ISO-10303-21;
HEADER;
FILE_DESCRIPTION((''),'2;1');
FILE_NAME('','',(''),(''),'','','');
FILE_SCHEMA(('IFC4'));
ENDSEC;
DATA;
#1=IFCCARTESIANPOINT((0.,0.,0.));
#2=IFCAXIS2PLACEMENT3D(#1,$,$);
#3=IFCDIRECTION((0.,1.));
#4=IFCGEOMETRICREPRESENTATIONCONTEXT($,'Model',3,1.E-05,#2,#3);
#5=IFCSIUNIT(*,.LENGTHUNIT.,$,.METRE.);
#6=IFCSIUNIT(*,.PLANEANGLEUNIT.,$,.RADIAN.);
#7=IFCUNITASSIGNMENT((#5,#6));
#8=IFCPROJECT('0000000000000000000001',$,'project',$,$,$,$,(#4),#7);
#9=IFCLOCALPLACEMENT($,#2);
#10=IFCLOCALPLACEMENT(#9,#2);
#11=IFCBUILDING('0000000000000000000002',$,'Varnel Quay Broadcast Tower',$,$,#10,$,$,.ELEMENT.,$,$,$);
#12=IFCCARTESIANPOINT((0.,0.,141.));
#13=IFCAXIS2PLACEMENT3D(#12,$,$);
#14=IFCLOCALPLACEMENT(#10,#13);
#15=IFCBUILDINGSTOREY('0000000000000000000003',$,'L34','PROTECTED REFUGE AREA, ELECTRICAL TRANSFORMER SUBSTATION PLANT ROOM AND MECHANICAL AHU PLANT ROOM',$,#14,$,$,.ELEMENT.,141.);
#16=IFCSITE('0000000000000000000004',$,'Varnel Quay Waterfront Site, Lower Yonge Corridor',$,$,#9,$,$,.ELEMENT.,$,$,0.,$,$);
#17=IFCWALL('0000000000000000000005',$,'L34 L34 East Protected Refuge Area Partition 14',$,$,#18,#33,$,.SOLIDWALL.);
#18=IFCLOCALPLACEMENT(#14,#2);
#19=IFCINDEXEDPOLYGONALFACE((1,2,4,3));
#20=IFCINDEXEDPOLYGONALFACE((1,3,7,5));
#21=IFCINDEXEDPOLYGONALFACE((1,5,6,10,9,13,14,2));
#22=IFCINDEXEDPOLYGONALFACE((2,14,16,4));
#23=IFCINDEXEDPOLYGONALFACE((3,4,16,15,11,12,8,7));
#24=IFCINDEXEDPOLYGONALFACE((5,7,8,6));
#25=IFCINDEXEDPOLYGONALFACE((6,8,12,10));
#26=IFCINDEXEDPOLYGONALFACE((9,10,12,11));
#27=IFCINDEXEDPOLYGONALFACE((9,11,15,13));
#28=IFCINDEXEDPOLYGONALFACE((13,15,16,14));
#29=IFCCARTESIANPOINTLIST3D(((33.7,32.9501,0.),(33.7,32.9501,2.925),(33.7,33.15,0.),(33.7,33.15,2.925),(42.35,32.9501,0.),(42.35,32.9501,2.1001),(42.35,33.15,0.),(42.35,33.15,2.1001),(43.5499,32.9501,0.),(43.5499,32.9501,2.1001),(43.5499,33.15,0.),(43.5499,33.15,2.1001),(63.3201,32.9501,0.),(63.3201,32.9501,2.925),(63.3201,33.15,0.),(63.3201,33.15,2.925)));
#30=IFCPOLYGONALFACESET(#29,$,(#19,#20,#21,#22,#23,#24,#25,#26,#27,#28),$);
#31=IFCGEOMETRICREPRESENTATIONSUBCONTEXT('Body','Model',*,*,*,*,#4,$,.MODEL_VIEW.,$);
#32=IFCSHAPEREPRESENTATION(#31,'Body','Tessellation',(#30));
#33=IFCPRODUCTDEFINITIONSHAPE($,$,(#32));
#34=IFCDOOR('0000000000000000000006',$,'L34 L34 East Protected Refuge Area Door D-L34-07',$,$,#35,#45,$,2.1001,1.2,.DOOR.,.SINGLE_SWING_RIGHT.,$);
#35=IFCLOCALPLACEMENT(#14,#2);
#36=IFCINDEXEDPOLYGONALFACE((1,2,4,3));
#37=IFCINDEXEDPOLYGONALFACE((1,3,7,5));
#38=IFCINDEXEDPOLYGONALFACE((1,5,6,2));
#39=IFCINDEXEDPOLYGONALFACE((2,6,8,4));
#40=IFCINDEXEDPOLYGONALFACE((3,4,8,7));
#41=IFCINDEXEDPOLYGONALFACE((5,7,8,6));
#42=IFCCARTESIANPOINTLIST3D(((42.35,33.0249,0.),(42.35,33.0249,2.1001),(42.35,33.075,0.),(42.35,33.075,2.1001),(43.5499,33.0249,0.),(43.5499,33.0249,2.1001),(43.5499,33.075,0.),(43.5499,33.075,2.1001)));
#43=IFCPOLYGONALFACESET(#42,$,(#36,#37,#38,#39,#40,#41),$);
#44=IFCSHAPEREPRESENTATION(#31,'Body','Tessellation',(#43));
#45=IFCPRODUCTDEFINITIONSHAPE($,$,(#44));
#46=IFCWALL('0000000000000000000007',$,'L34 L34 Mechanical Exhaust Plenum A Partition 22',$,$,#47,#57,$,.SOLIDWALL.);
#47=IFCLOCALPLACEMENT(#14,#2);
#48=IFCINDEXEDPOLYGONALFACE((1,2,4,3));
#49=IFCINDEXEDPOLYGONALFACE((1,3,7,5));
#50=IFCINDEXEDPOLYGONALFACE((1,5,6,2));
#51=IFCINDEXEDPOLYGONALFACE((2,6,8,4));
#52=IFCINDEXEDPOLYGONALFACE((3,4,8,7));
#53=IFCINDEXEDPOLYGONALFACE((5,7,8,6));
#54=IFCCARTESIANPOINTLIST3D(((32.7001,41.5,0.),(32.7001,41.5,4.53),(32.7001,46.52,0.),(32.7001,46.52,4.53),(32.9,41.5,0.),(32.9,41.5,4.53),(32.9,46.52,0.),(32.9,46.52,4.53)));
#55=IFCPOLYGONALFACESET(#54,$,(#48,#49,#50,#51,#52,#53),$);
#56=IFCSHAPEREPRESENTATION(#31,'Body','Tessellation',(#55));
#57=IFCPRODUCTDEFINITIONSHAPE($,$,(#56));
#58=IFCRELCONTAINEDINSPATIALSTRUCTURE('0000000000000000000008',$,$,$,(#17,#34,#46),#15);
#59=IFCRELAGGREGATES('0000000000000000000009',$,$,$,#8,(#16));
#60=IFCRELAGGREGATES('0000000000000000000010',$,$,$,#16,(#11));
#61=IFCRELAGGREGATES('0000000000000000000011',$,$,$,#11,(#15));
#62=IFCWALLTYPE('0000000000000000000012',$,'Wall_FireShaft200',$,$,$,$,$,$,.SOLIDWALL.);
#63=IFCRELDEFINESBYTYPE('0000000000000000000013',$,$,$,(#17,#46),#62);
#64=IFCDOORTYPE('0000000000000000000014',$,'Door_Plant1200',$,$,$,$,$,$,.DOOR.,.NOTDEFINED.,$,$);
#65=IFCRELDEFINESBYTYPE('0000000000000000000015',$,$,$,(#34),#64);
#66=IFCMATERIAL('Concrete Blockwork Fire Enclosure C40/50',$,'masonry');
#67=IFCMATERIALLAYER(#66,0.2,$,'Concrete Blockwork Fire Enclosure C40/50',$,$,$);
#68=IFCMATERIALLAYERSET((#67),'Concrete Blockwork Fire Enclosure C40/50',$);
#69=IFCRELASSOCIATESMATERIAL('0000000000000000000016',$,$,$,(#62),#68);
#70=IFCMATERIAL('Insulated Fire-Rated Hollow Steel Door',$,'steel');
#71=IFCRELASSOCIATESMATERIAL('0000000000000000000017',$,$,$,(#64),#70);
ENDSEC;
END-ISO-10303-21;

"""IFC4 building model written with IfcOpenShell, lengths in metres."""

from ifc_helpers import new_model, si_unit, direction, frame, frame_2d, origin, place, context, subcontext, project, spatial, rectangle, extrude, source, transform, mapped, material, layer, layer_set, type_object, type_shapes, element, fill, save


model = new_model("IFC4")

# Units and contexts
model_context = context("Model", 3, precision=1e-05, world=origin(), true_north=direction((0.0, 1.0)))
body_context = subcontext(model_context, "Body", "Model", "MODEL_VIEW")
ifc_project = project(units=[si_unit("LENGTHUNIT", "METRE"), si_unit("PLANEANGLEUNIT", "RADIAN")], contexts=[model_context])

# Site, building, storey
site_placement = place(None, origin())
site = spatial("IfcSite", under=ifc_project, at=site_placement, Name="Varnel Quay Waterfront Site, Lower Yonge Corridor", CompositionType="ELEMENT", RefElevation=0.0)
building_placement = place(site_placement, origin())
building = spatial("IfcBuilding", under=site, at=building_placement, Name="Varnel Quay Broadcast Tower", CompositionType="ELEMENT")
storey_placement = place(building_placement, frame((0.0, 0.0, 141.0)))
storey = spatial("IfcBuildingStorey", under=building, at=storey_placement, Name="L34", Description="PROTECTED REFUGE AREA, ELECTRICAL TRANSFORMER SUBSTATION PLANT ROOM AND MECHANICAL AHU PLANT ROOM", CompositionType="ELEMENT", Elevation=141.0)

# Shared definitions
ifc_material_1 = material(Name="Insulated Fire-Rated Hollow Steel Door", Category="steel")

# Shared definitions
ifc_material_2 = material(Name="Concrete Blockwork Fire Enclosure C40/50", Category="masonry")
ifc_layer_1 = layer(ifc_material_2, 0.2, Name="Concrete Blockwork Fire Enclosure C40/50")
ifc_layer_set_1 = layer_set([ifc_layer_1], Name="Concrete Blockwork Fire Enclosure C40/50")
wall_type_1 = type_object("IfcWallType", Name="Wall_FireShaft200", PredefinedType="SOLIDWALL", material=ifc_layer_set_1)

# Wall, opening, door
wall_1_placement = place(storey_placement, frame((33.7, 33.05, 0.0), z_axis=(0.0, 0.0, 1.0), x_axis=(1.0, 0.0, 0.0)))
wall_1 = element("IfcWall", 1, at=wall_1_placement, inside=storey, type_object=wall_type_1, Name="L34 L34 East Protected Refuge Area Partition 14", PredefinedType="SOLIDWALL", context=body_context, shape_type="SweptSolid", body=[
    extrude(rectangle(XDim=29.6201, YDim=0.2, at=frame_2d((14.8101, 0.0))), origin(), (0.0, 0.0, 1.0), 2.925),
])
opening_1_placement = place(wall_1_placement, frame((8.6499, 0.0, 0.0)))
opening_1 = element("IfcOpeningElement", 2, at=opening_1_placement, cuts=wall_1, PredefinedType="OPENING", context=body_context, shape_type="SweptSolid", body=[
    extrude(rectangle(XDim=1.2, YDim=2.1001, at=frame_2d((0.6001, 1.05))), frame((0.0, 0.1099, 0.0), z_axis=(0.0, -1.0, 0.0), x_axis=(1.0, 0.0, 0.0)), (0.0, 0.0, 1.0), 0.22),
])
door_type_1 = type_object("IfcDoorType", Name="Door_Plant1200", OperationType="NOTDEFINED", PredefinedType="DOOR", material=ifc_material_1)
shared_shape_1 = source(origin(), body_context, "Body", "SweptSolid", [
    extrude(rectangle(XDim=1.2, YDim=2.1001, at=frame_2d((0.6001, 1.05))), frame((0.0, 0.0249, 0.0), z_axis=(0.0, -1.0, 0.0), x_axis=(1.0, 0.0, 0.0)), (0.0, 0.0, 1.0), 0.05),
])
type_shapes(door_type_1, [shared_shape_1])
door_1_placement = place(opening_1_placement, origin())
door_1 = element("IfcDoor", 3, at=door_1_placement, inside=storey, type_object=door_type_1, Name="L34 L34 East Protected Refuge Area Door D-L34-07", OperationType="SINGLE_SWING_RIGHT", OverallHeight=2.1001, OverallWidth=1.2, PredefinedType="DOOR", context=body_context, shape_type="MappedRepresentation", body=[
    mapped(shared_shape_1, transform((0.0, 0.0, 0.0), x_axis=(1.0, 0.0, 0.0), y_axis=(0.0, 1.0, 0.0), z_axis=(0.0, 0.0, 1.0), scale=1.0)),
])
fill(opening_1, door_1)

# Wall
wall_2_placement = place(storey_placement, frame((32.8, 41.5, 0.0), z_axis=(0.0, 0.0, 1.0), x_axis=(0.0, 1.0, 0.0)))
element("IfcWall", 4, at=wall_2_placement, inside=storey, type_object=wall_type_1, Name="L34 L34 Mechanical Exhaust Plenum A Partition 22", PredefinedType="SOLIDWALL", context=body_context, shape_type="SweptSolid", body=[
    extrude(rectangle(XDim=5.02, YDim=0.2, at=frame_2d((2.51, 0.0))), origin(), (0.0, 0.0, 1.0), 4.53),
])

save(model, "model.ifc")
